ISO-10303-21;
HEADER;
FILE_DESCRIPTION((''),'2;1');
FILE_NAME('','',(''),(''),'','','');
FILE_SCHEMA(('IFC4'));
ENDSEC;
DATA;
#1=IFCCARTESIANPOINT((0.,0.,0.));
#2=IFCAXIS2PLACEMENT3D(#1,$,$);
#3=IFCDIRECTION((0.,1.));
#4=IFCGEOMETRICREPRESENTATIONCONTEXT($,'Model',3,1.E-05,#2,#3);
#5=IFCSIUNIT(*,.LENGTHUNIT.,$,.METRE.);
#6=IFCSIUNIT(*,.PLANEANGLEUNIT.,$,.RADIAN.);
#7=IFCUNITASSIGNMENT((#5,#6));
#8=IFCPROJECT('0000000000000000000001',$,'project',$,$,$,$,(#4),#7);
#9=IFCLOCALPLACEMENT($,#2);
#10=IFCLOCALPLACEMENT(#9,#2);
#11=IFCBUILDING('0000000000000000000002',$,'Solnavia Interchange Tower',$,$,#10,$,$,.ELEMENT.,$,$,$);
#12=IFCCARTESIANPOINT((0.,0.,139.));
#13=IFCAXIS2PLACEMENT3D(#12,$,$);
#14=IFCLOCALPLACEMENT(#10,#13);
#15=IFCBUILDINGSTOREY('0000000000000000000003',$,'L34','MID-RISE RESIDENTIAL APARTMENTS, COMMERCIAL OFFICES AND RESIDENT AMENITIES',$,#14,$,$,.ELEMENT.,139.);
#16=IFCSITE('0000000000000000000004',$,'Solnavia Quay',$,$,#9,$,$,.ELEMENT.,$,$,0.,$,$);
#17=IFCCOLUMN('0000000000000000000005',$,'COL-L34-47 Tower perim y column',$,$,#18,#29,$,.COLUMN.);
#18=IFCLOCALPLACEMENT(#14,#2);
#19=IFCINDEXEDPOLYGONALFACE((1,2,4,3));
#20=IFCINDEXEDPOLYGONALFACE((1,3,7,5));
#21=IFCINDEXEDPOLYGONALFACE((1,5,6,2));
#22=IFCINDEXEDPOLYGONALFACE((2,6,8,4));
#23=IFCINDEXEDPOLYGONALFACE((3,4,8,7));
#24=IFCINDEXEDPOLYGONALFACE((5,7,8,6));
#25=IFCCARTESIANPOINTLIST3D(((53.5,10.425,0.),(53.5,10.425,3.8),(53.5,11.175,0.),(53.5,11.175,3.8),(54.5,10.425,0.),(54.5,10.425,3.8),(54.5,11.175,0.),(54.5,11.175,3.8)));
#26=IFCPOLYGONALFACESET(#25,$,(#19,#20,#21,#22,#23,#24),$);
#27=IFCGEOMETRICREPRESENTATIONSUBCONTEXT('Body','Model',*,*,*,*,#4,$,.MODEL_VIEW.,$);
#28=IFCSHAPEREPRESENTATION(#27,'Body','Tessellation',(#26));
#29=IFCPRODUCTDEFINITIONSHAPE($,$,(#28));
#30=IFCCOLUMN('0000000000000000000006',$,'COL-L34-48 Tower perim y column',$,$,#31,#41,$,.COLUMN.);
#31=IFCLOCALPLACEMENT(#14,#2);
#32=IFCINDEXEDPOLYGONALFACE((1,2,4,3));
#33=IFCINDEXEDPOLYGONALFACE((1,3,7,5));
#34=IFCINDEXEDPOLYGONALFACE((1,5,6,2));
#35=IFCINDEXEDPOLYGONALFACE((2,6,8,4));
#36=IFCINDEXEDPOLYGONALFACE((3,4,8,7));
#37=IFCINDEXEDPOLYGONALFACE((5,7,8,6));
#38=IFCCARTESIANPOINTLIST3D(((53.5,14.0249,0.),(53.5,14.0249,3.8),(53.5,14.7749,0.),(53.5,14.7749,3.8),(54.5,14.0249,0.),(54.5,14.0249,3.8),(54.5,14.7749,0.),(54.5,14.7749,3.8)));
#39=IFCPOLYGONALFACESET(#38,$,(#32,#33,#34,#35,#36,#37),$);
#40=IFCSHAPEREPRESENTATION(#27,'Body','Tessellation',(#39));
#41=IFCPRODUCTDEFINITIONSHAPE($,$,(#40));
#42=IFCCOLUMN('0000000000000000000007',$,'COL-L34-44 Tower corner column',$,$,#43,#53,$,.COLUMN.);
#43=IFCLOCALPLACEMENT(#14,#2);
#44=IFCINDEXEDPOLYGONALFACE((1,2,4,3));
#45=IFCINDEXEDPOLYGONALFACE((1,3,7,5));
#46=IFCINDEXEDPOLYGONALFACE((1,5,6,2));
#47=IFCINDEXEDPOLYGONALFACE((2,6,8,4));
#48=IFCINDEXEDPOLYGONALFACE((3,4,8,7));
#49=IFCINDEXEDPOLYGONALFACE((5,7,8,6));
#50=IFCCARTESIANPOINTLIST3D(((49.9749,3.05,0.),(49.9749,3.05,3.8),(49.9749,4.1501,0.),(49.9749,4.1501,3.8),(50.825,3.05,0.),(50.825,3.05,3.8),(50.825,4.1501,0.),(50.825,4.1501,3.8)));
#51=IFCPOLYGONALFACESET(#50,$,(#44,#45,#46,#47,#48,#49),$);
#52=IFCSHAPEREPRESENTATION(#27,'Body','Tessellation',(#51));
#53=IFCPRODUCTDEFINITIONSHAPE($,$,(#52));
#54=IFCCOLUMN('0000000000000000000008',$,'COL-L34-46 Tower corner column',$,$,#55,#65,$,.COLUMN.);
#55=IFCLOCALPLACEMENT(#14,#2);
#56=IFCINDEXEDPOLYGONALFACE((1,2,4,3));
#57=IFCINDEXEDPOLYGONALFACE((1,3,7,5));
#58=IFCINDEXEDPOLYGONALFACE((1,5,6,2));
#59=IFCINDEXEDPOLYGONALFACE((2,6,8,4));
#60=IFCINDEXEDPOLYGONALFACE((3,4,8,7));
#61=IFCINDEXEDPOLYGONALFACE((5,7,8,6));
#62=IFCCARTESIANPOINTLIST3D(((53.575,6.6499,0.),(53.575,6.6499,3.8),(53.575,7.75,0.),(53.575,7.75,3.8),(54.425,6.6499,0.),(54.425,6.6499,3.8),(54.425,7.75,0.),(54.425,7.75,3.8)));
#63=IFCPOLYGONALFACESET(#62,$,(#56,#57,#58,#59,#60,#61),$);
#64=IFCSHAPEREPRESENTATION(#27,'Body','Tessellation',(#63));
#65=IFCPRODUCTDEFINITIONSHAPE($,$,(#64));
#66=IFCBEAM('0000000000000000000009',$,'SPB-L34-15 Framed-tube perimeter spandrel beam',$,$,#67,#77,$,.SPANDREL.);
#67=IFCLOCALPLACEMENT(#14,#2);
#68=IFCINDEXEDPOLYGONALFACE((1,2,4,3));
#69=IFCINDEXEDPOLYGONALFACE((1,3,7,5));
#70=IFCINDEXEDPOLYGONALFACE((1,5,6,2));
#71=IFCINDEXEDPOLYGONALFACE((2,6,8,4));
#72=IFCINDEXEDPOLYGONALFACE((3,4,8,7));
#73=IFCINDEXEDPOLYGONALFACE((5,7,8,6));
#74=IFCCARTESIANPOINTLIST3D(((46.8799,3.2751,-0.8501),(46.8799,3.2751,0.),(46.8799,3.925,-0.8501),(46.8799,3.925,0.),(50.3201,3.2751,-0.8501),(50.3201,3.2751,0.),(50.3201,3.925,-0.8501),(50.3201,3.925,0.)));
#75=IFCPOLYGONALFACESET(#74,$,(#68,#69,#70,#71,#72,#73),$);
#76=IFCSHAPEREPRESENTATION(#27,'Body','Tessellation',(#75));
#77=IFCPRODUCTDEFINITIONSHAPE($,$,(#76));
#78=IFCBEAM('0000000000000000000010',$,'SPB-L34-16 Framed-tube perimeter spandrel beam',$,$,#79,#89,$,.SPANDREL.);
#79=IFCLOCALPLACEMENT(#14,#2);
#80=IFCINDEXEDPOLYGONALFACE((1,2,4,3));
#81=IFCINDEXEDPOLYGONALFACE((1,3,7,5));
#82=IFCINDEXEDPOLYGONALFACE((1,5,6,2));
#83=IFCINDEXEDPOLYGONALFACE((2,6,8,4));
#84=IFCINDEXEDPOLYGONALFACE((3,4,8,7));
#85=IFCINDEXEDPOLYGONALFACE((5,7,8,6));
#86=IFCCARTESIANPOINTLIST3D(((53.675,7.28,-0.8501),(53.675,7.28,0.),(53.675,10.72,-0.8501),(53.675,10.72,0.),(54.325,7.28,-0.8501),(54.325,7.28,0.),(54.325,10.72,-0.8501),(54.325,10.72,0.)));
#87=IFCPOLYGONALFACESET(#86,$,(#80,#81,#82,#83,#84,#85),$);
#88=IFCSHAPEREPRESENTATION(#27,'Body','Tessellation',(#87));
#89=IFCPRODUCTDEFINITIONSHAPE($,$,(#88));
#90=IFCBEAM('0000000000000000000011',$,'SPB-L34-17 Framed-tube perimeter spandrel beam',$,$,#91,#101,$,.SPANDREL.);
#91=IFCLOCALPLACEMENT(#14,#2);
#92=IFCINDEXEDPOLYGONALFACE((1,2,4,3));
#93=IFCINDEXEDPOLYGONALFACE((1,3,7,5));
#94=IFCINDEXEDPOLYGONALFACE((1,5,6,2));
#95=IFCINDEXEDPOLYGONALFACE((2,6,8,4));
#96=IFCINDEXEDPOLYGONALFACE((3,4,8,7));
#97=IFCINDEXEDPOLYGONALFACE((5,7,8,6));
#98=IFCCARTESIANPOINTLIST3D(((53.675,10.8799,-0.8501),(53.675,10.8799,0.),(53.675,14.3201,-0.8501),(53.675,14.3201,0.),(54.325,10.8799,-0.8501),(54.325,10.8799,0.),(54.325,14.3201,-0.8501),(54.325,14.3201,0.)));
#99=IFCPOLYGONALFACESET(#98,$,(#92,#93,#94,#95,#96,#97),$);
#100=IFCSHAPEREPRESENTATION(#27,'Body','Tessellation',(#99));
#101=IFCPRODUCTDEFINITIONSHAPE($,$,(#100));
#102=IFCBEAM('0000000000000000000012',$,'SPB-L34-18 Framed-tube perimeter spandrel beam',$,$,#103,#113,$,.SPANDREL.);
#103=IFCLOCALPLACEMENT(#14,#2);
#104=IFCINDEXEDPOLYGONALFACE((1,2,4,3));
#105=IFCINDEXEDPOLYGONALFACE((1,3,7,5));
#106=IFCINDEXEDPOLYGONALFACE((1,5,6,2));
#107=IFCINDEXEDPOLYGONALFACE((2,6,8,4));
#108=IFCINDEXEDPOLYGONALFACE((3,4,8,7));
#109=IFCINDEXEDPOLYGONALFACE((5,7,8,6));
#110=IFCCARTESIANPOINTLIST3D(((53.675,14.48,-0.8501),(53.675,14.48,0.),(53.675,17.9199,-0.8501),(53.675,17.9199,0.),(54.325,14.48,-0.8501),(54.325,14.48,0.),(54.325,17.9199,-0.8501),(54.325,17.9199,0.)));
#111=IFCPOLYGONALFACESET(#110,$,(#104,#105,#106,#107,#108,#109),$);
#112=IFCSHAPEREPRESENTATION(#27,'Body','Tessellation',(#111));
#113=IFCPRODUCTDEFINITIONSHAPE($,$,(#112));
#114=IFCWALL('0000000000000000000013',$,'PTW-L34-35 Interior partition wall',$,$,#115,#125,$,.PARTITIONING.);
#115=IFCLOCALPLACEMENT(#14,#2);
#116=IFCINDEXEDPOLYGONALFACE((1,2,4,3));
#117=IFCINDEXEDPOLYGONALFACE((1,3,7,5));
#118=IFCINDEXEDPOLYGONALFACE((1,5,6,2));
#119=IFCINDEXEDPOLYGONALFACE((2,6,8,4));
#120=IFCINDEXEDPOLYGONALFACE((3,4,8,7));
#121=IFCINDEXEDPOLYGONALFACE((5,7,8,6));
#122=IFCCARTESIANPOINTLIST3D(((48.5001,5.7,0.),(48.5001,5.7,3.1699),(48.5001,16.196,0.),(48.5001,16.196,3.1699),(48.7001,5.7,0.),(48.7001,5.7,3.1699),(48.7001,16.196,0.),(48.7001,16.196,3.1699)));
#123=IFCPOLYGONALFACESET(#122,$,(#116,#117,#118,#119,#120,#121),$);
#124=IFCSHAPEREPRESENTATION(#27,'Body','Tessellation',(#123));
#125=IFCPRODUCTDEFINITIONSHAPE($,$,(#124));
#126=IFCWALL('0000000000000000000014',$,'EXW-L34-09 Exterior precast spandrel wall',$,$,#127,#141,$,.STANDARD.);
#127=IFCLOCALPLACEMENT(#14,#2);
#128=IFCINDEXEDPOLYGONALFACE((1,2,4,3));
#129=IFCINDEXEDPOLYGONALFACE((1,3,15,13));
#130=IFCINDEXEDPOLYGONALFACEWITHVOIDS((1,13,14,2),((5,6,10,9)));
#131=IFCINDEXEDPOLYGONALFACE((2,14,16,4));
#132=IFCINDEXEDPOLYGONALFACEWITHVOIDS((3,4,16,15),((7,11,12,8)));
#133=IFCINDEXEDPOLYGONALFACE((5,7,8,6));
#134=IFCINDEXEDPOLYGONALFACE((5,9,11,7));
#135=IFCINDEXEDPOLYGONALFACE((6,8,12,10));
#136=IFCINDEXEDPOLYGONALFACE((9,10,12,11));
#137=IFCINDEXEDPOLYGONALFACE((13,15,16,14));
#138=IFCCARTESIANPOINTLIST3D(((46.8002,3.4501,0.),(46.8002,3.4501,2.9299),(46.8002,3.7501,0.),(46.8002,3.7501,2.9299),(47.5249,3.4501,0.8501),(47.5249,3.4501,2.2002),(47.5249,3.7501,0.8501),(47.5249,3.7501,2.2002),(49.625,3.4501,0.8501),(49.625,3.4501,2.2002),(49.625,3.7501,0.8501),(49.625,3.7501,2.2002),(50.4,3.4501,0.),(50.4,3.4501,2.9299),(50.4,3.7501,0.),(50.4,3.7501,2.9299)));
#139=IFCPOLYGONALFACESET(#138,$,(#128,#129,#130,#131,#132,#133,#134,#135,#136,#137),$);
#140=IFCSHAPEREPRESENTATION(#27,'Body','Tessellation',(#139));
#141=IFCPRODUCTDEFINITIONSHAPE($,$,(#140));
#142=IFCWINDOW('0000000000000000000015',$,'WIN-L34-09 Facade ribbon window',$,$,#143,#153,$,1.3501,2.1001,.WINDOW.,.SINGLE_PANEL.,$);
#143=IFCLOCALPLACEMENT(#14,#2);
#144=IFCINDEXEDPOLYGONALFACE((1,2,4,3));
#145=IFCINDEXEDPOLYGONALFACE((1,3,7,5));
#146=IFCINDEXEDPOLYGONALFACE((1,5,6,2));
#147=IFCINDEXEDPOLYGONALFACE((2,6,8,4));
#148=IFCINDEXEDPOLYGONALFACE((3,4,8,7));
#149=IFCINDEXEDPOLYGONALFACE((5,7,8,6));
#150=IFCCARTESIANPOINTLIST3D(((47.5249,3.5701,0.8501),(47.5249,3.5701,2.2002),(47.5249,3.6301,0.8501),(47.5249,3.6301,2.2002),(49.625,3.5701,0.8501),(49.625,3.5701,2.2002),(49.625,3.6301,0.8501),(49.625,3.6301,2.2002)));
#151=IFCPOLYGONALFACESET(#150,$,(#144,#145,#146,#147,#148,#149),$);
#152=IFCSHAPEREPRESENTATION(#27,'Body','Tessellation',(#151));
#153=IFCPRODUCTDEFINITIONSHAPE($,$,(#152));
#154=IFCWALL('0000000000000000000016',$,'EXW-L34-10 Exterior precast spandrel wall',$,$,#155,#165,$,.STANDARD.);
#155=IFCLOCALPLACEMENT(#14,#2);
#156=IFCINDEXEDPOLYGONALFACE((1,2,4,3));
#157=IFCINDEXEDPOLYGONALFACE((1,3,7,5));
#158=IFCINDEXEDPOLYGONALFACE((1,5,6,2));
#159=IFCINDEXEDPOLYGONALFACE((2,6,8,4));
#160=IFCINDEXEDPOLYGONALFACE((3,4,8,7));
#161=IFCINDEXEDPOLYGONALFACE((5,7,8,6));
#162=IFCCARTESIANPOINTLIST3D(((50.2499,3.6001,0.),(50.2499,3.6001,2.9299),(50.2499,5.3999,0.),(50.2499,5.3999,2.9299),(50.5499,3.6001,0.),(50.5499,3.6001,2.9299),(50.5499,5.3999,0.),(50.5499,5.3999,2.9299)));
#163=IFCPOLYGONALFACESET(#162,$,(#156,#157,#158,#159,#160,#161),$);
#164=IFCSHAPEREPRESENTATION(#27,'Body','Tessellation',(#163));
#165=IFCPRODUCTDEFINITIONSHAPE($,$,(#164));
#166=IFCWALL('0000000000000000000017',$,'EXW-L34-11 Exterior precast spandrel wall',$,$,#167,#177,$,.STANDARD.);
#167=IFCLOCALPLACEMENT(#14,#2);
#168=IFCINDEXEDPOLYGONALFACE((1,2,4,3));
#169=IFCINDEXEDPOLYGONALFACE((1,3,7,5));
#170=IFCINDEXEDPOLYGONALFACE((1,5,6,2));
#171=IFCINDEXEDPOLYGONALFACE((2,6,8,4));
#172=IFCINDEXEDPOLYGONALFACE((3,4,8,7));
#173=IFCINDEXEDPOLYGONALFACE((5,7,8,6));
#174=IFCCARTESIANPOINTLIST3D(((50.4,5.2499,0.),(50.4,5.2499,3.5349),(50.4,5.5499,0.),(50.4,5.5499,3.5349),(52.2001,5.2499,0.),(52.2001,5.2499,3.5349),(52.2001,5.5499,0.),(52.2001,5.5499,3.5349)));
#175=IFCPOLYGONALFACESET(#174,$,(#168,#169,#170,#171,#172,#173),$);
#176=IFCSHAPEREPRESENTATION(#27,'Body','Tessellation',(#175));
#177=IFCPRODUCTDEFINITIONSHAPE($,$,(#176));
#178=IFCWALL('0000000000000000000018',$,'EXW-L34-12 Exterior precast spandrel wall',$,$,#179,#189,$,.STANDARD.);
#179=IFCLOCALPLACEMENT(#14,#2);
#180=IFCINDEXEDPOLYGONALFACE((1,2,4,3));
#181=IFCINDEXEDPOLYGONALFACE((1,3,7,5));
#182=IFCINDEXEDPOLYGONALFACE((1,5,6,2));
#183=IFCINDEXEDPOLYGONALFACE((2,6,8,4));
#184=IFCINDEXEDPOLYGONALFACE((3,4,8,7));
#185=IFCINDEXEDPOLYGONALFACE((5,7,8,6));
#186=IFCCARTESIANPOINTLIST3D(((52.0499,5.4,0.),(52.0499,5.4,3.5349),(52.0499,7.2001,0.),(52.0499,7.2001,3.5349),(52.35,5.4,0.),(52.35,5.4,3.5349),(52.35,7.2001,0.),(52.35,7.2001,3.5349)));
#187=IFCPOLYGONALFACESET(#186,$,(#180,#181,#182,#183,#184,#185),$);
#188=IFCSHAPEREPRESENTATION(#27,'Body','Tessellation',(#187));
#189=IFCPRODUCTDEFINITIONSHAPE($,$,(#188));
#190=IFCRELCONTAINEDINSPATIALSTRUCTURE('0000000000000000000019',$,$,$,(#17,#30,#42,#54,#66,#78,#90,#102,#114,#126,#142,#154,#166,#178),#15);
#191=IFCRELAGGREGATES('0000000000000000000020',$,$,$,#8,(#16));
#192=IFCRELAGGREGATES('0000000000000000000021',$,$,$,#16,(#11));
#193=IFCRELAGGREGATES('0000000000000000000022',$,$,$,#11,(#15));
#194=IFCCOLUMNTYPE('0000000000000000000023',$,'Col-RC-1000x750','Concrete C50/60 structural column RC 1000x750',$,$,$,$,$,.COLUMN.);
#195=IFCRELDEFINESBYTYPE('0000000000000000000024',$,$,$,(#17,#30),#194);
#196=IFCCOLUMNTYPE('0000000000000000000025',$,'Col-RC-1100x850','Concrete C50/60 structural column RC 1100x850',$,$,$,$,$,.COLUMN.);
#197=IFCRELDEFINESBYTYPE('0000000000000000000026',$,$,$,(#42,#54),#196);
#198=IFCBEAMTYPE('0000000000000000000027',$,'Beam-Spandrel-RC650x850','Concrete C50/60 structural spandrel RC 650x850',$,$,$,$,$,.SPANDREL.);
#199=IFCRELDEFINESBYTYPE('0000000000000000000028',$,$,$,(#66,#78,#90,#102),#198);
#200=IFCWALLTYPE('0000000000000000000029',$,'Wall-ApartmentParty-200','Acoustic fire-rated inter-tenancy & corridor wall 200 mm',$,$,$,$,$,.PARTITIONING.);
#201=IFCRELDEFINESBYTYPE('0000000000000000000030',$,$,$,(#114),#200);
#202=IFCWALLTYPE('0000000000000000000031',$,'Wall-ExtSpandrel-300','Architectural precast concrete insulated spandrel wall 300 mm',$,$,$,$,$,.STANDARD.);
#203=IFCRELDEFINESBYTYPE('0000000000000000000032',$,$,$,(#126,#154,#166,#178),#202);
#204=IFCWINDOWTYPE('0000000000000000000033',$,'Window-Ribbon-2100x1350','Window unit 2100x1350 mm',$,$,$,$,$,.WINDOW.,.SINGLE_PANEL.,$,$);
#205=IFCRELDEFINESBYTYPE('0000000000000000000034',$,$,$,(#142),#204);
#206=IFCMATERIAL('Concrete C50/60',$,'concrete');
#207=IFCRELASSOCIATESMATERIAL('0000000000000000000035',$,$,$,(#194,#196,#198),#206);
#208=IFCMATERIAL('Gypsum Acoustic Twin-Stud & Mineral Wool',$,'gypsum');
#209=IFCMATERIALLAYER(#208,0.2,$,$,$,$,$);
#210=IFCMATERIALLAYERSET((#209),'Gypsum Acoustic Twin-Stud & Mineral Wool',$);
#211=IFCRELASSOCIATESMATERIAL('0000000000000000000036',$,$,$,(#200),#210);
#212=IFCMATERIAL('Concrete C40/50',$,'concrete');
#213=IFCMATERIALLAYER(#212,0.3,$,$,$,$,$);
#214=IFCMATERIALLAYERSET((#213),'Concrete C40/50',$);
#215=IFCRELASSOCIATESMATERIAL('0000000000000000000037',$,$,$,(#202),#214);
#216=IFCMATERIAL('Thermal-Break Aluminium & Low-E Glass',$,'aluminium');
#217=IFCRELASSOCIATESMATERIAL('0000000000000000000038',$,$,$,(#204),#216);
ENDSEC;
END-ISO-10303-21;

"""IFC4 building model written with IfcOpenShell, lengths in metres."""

from ifc_helpers import new_model, si_unit, direction, frame, frame_2d, origin, origin_2d, place, context, subcontext, project, spatial, rectangle, extrude, material, layer, layer_set, material_profile, profile_set, type_object, element, fill, save


model = new_model("IFC4")

# Units and contexts
model_context = context("Model", 3, precision=1e-05, world=origin(), true_north=direction((0.0, 1.0)))
body_context = subcontext(model_context, "Body", "Model", "MODEL_VIEW")
ifc_project = project(units=[si_unit("LENGTHUNIT", "METRE"), si_unit("PLANEANGLEUNIT", "RADIAN")], contexts=[model_context])

# Site, building, storey
site_placement = place(None, origin())
site = spatial("IfcSite", under=ifc_project, at=site_placement, Name="Solnavia Quay", CompositionType="ELEMENT", RefElevation=0.0)
building_placement = place(site_placement, origin())
building = spatial("IfcBuilding", under=site, at=building_placement, Name="Solnavia Interchange Tower", CompositionType="ELEMENT")
storey_placement = place(building_placement, frame((0.0, 0.0, 139.0)))
storey = spatial("IfcBuildingStorey", under=building, at=storey_placement, Name="L34", Description="MID-RISE RESIDENTIAL APARTMENTS, COMMERCIAL OFFICES AND RESIDENT AMENITIES", CompositionType="ELEMENT", Elevation=139.0)

# Columns
ifc_material_1 = material(Name="Concrete C50/60", Category="concrete")
ifc_material_profile_1 = material_profile(ifc_material_1, rectangle(XDim=0.75, YDim=1.0, at=origin_2d()), Name="RC 1000x750")
ifc_profile_set_1 = profile_set([ifc_material_profile_1], Name="Concrete C50/60")
column_type_1 = type_object("IfcColumnType", Name="Col-RC-1000x750", Description="Concrete C50/60 structural column RC 1000x750", PredefinedType="COLUMN", material=ifc_profile_set_1)
for number, where, z_axis, x_axis, name in (
    (1, (54.0, 10.8, 0.0), (0.0, 0.0, 1.0), (0.0, 1.0, 0.0), "COL-L34-47 Tower perim y column"),
    (2, (54.0, 14.3999, 0.0), (0.0, 0.0, 1.0), (0.0, 1.0, 0.0), "COL-L34-48 Tower perim y column"),
):
    element("IfcColumn", number, at=place(storey_placement, frame(where, z_axis=z_axis, x_axis=x_axis)), inside=storey, type_object=column_type_1, Name=name, PredefinedType="COLUMN", context=body_context, shape_type="SweptSolid", body=[
        extrude(rectangle(XDim=0.75, YDim=1.0, at=origin_2d()), origin(), (0.0, 0.0, 1.0), 3.8),
    ])
ifc_material_profile_2 = material_profile(ifc_material_1, rectangle(XDim=0.8501, YDim=1.1001, at=origin_2d()), Name="RC 1100x850")
ifc_profile_set_2 = profile_set([ifc_material_profile_2], Name="Concrete C50/60")
column_type_2 = type_object("IfcColumnType", Name="Col-RC-1100x850", Description="Concrete C50/60 structural column RC 1100x850", PredefinedType="COLUMN", material=ifc_profile_set_2)
for number, where, z_axis, x_axis, name in (
    (3, (50.3999, 3.6001, 0.0), (0.0, 0.0, 1.0), (1.0, 0.0, 0.0), "COL-L34-44 Tower corner column"),
    (4, (54.0, 7.2, 0.0), (0.0, 0.0, 1.0), (1.0, 0.0, 0.0), "COL-L34-46 Tower corner column"),
):
    element("IfcColumn", number, at=place(storey_placement, frame(where, z_axis=z_axis, x_axis=x_axis)), inside=storey, type_object=column_type_2, Name=name, PredefinedType="COLUMN", context=body_context, shape_type="SweptSolid", body=[
        extrude(rectangle(XDim=0.8501, YDim=1.1001, at=origin_2d()), origin(), (0.0, 0.0, 1.0), 3.8),
    ])

# Beams
ifc_material_profile_3 = material_profile(ifc_material_1, rectangle(XDim=0.6499, YDim=0.8501, at=origin_2d()), Name="RC 650x850")
ifc_profile_set_3 = profile_set([ifc_material_profile_3], Name="Concrete C50/60")
beam_type = type_object("IfcBeamType", Name="Beam-Spandrel-RC650x850", Description="Concrete C50/60 structural spandrel RC 650x850", PredefinedType="SPANDREL", material=ifc_profile_set_3)
beam_1_placement = place(storey_placement, frame((46.8799, 3.6001, -0.425), z_axis=(1.0, 0.0, 0.0), x_axis=(0.0, 1.0, 0.0)))
element("IfcBeam", 5, at=beam_1_placement, inside=storey, type_object=beam_type, Name="SPB-L34-15 Framed-tube perimeter spandrel beam", PredefinedType="SPANDREL", context=body_context, shape_type="SweptSolid", body=[
    extrude(rectangle(XDim=0.6499, YDim=0.8501, at=origin_2d()), origin(), (0.0, 0.0, 1.0), 3.4402),
])
beam_2_placement = place(storey_placement, frame((54.0, 7.28, -0.425), z_axis=(0.0, 1.0, 0.0), x_axis=(-1.0, 0.0, 0.0)))
element("IfcBeam", 6, at=beam_2_placement, inside=storey, type_object=beam_type, Name="SPB-L34-16 Framed-tube perimeter spandrel beam", PredefinedType="SPANDREL", context=body_context, shape_type="SweptSolid", body=[
    extrude(rectangle(XDim=0.6499, YDim=0.8501, at=origin_2d()), origin(), (0.0, 0.0, 1.0), 3.4399),
])
beam_3_placement = place(storey_placement, frame((54.0, 10.8799, -0.425), z_axis=(0.0, 1.0, 0.0), x_axis=(-1.0, 0.0, 0.0)))
element("IfcBeam", 7, at=beam_3_placement, inside=storey, type_object=beam_type, Name="SPB-L34-17 Framed-tube perimeter spandrel beam", PredefinedType="SPANDREL", context=body_context, shape_type="SweptSolid", body=[
    extrude(rectangle(XDim=0.6499, YDim=0.8501, at=origin_2d()), origin(), (0.0, 0.0, 1.0), 3.4402),
])
beam_4_placement = place(storey_placement, frame((54.0, 14.48, -0.425), z_axis=(0.0, 1.0, 0.0), x_axis=(-1.0, 0.0, 0.0)))
element("IfcBeam", 8, at=beam_4_placement, inside=storey, type_object=beam_type, Name="SPB-L34-18 Framed-tube perimeter spandrel beam", PredefinedType="SPANDREL", context=body_context, shape_type="SweptSolid", body=[
    extrude(rectangle(XDim=0.6499, YDim=0.8501, at=origin_2d()), origin(), (0.0, 0.0, 1.0), 3.4399),
])

# Wall
ifc_material_2 = material(Name="Gypsum Acoustic Twin-Stud & Mineral Wool", Category="gypsum")
ifc_layer_1 = layer(ifc_material_2, 0.2)
ifc_layer_set_1 = layer_set([ifc_layer_1], Name="Gypsum Acoustic Twin-Stud & Mineral Wool")
wall_type_1 = type_object("IfcWallType", Name="Wall-ApartmentParty-200", Description="Acoustic fire-rated inter-tenancy & corridor wall 200 mm", PredefinedType="PARTITIONING", material=ifc_layer_set_1)
wall_1_placement = place(storey_placement, frame((48.6001, 5.7, 0.0), z_axis=(0.0, 0.0, 1.0), x_axis=(0.0, 1.0, 0.0)))
element("IfcWall", 9, at=wall_1_placement, inside=storey, type_object=wall_type_1, Name="PTW-L34-35 Interior partition wall", PredefinedType="PARTITIONING", context=body_context, shape_type="SweptSolid", body=[
    extrude(rectangle(XDim=10.4961, YDim=0.2, at=frame_2d((5.248, 0.0))), origin(), (0.0, 0.0, 1.0), 3.1699),
])

# Wall, opening, window
ifc_material_3 = material(Name="Concrete C40/50", Category="concrete")
ifc_layer_2 = layer(ifc_material_3, 0.3)
ifc_layer_set_2 = layer_set([ifc_layer_2], Name="Concrete C40/50")
wall_type_2 = type_object("IfcWallType", Name="Wall-ExtSpandrel-300", Description="Architectural precast concrete insulated spandrel wall 300 mm", PredefinedType="STANDARD", material=ifc_layer_set_2)
wall_2_placement = place(storey_placement, frame((50.3999, 3.6001, 0.0), z_axis=(0.0, 0.0, 1.0), x_axis=(-1.0, 0.0, 0.0)))
wall_2 = element("IfcWall", 10, at=wall_2_placement, inside=storey, type_object=wall_type_2, Name="EXW-L34-09 Exterior precast spandrel wall", PredefinedType="STANDARD", context=body_context, shape_type="SweptSolid", body=[
    extrude(rectangle(XDim=3.5999, YDim=0.3, at=frame_2d((1.7998, 0.0))), origin(), (0.0, 0.0, 1.0), 2.9299),
])
opening_1_placement = place(wall_2_placement, frame((0.7749, 0.0, 0.8501)))
opening_1 = element("IfcOpeningElement", 11, at=opening_1_placement, cuts=wall_2, PredefinedType="OPENING", context=body_context, shape_type="SweptSolid", body=[
    extrude(rectangle(XDim=2.1001, YDim=1.3501, at=frame_2d((1.05, 0.675))), frame((0.0, 0.1602, 0.0), z_axis=(0.0, -1.0, 0.0), x_axis=(1.0, 0.0, 0.0)), (0.0, 0.0, 1.0), 0.3201),
])
ifc_material_4 = material(Name="Thermal-Break Aluminium & Low-E Glass", Category="aluminium")
window_type = type_object("IfcWindowType", Name="Window-Ribbon-2100x1350", Description="Window unit 2100x1350 mm", PartitioningType="SINGLE_PANEL", PredefinedType="WINDOW", material=ifc_material_4)
window_1_placement = place(opening_1_placement, origin())
window_1 = element("IfcWindow", 12, at=window_1_placement, inside=storey, type_object=window_type, Name="WIN-L34-09 Facade ribbon window", OverallHeight=1.3501, OverallWidth=2.1001, PartitioningType="SINGLE_PANEL", PredefinedType="WINDOW", context=body_context, shape_type="SweptSolid", body=[
    extrude(rectangle(XDim=2.1001, YDim=1.3501, at=frame_2d((1.05, 0.675))), frame((0.0, 0.03, 0.0), z_axis=(0.0, -1.0, 0.0), x_axis=(1.0, 0.0, 0.0)), (0.0, 0.0, 1.0), 0.0601),
])
fill(opening_1, window_1)

# Walls
wall_3_placement = place(storey_placement, frame((50.3999, 5.3999, 0.0), z_axis=(0.0, 0.0, 1.0), x_axis=(0.0, -1.0, 0.0)))
element("IfcWall", 13, at=wall_3_placement, inside=storey, type_object=wall_type_2, Name="EXW-L34-10 Exterior precast spandrel wall", PredefinedType="STANDARD", context=body_context, shape_type="SweptSolid", body=[
    extrude(rectangle(XDim=1.7998, YDim=0.3, at=frame_2d((0.8999, 0.0))), origin(), (0.0, 0.0, 1.0), 2.9299),
])
for number, where, z_axis, x_axis, name in (
    (14, (52.2, 5.3999, 0.0), (0.0, 0.0, 1.0), (-1.0, 0.0, 0.0), "EXW-L34-11 Exterior precast spandrel wall"),
    (15, (52.2, 7.2, 0.0), (0.0, 0.0, 1.0), (0.0, -1.0, 0.0), "EXW-L34-12 Exterior precast spandrel wall"),
):
    element("IfcWall", number, at=place(storey_placement, frame(where, z_axis=z_axis, x_axis=x_axis)), inside=storey, type_object=wall_type_2, Name=name, PredefinedType="STANDARD", context=body_context, shape_type="SweptSolid", body=[
        extrude(rectangle(XDim=1.8, YDim=0.3, at=frame_2d((0.8999, 0.0))), origin(), (0.0, 0.0, 1.0), 3.5349),
    ])

save(model, "model.ifc")
